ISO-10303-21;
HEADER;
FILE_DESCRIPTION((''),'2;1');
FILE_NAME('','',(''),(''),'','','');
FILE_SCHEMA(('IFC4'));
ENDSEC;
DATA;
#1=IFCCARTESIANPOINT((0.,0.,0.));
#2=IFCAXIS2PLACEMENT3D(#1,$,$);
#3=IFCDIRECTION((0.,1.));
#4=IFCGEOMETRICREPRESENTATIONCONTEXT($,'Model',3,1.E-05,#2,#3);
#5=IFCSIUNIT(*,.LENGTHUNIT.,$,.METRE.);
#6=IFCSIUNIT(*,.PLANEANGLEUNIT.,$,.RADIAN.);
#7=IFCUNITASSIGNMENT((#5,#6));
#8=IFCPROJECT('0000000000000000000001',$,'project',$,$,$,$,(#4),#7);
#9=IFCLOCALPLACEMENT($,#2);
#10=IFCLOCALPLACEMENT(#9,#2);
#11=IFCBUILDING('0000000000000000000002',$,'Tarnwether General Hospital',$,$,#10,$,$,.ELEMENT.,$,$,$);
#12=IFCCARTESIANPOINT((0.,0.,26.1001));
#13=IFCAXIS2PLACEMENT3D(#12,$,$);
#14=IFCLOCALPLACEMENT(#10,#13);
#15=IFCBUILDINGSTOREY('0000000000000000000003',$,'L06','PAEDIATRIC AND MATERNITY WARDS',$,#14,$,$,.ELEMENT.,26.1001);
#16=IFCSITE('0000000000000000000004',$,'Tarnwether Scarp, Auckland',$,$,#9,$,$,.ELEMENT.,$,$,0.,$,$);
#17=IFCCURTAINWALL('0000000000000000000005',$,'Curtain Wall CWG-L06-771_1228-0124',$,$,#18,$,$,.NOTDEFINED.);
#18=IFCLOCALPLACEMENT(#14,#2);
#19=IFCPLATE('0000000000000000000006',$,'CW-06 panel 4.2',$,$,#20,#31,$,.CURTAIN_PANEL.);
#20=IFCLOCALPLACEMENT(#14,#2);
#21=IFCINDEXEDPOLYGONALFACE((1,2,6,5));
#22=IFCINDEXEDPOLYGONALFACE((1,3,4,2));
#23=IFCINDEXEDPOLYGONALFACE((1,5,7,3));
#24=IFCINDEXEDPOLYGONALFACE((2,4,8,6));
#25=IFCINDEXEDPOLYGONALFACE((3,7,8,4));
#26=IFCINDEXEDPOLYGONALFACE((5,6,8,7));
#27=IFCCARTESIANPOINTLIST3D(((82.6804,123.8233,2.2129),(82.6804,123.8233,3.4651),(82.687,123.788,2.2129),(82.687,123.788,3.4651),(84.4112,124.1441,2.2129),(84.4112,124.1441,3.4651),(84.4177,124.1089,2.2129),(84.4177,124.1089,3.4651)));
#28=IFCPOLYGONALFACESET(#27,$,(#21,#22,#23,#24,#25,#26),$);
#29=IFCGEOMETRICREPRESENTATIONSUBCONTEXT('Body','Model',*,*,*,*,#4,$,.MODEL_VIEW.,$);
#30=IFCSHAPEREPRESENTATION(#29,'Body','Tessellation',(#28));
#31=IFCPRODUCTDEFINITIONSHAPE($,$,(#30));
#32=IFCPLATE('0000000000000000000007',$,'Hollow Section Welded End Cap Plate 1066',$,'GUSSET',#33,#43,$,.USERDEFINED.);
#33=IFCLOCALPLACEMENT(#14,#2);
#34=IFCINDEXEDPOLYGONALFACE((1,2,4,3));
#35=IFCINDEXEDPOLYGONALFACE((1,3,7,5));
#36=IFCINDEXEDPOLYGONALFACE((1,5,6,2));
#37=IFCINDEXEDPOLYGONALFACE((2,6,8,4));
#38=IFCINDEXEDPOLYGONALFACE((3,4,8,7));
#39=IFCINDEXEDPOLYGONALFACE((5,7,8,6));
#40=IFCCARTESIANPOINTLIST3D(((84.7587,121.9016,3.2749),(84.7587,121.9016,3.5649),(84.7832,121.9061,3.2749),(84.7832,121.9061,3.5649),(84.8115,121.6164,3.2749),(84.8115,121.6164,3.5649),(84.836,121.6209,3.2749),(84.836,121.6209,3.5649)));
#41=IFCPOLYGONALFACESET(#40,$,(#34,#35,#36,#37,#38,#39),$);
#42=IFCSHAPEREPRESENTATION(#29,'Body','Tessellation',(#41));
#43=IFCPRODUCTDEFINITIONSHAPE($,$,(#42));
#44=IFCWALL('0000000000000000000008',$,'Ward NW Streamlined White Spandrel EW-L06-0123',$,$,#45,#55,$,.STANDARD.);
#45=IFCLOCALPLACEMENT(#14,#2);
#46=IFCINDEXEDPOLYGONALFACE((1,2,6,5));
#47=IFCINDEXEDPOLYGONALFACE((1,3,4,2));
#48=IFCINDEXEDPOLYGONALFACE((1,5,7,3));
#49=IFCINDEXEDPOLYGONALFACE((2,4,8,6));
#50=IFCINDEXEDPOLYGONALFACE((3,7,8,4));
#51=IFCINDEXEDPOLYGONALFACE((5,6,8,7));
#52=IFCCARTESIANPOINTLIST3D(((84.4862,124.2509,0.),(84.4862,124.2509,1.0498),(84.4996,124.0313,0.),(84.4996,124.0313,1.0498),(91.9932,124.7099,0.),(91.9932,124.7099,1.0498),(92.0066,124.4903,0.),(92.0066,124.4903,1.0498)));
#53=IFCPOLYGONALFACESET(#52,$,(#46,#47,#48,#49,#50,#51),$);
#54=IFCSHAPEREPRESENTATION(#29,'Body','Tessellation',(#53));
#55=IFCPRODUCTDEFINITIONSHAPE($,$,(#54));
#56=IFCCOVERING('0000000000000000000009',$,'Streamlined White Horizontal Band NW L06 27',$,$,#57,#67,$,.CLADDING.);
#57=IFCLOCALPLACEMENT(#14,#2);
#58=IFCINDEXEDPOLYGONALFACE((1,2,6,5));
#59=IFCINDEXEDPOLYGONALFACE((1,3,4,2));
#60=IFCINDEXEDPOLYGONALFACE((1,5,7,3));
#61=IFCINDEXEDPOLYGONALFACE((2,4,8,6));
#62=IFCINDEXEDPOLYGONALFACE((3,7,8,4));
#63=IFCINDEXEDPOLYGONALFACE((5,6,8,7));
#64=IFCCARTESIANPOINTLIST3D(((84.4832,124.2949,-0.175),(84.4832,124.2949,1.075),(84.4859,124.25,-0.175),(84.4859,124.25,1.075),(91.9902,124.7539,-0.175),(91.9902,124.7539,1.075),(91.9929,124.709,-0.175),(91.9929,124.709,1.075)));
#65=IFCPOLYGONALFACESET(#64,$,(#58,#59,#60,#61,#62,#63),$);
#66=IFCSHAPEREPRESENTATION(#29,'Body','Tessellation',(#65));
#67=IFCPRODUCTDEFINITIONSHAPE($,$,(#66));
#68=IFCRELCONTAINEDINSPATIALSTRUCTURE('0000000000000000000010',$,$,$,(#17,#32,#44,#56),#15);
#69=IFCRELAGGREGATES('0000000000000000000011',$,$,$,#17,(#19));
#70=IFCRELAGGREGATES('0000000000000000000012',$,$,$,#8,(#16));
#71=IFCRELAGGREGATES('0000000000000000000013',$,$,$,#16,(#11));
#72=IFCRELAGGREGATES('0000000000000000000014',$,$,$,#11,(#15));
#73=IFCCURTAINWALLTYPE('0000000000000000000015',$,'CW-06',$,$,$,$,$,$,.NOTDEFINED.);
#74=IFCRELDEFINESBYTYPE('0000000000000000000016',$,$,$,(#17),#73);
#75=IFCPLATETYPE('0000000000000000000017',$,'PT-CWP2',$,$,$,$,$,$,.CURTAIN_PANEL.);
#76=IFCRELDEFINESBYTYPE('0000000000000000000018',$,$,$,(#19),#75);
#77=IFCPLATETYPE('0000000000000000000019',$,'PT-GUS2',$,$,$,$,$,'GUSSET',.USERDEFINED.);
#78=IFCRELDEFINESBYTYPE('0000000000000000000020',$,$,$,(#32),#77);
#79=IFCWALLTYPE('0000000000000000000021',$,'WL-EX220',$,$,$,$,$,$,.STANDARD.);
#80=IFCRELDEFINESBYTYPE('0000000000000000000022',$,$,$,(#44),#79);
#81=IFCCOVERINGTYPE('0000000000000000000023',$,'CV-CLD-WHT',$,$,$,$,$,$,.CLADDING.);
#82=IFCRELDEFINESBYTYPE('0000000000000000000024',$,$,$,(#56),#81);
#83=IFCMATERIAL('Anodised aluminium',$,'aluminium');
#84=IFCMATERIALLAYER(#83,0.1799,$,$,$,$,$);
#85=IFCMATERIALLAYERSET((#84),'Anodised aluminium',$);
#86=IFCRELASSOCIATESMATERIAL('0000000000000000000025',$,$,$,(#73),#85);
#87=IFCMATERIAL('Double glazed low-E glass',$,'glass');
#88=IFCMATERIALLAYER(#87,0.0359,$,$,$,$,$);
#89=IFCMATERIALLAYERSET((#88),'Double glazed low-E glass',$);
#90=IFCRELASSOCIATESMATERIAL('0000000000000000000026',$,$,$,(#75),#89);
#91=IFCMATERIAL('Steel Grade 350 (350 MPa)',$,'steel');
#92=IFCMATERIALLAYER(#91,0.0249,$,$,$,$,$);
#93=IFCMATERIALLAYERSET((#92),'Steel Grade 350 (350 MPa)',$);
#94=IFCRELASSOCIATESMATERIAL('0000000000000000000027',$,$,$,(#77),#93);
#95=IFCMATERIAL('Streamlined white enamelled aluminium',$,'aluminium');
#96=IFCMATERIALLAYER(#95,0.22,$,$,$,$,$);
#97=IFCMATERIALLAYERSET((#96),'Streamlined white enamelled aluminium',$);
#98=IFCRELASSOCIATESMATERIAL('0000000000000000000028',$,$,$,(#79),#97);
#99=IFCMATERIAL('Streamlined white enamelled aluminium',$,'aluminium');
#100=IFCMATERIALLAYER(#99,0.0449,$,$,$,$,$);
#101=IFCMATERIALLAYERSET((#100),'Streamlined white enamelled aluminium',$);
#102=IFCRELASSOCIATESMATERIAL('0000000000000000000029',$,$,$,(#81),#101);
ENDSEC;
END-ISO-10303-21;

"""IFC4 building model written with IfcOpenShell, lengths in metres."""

from ifc_helpers import new_model, si_unit, direction, frame, frame_2d, origin, origin_2d, place, context, subcontext, project, spatial, rectangle, extrude, material, layer, layer_set, type_object, element, aggregate, save


model = new_model("IFC4")

# Units and contexts
model_context = context("Model", 3, precision=1e-05, world=origin(), true_north=direction((0.0, 1.0)))
body_context = subcontext(model_context, "Body", "Model", "MODEL_VIEW")
ifc_project = project(units=[si_unit("LENGTHUNIT", "METRE"), si_unit("PLANEANGLEUNIT", "RADIAN")], contexts=[model_context])

# Site, building, storey
site_placement = place(None, origin())
site = spatial("IfcSite", under=ifc_project, at=site_placement, Name="Tarnwether Scarp, Auckland", CompositionType="ELEMENT", RefElevation=0.0)
building_placement = place(site_placement, origin())
building = spatial("IfcBuilding", under=site, at=building_placement, Name="Tarnwether General Hospital", CompositionType="ELEMENT")
storey_placement = place(building_placement, frame((0.0, 0.0, 26.1001)))
storey = spatial("IfcBuildingStorey", under=building, at=storey_placement, Name="L06", Description="PAEDIATRIC AND MATERNITY WARDS", CompositionType="ELEMENT", Elevation=26.1001)

# Curtain wall
ifc_material_1 = material(Name="Anodised aluminium", Category="aluminium")
ifc_layer_1 = layer(ifc_material_1, 0.1799)
ifc_layer_set_1 = layer_set([ifc_layer_1], Name="Anodised aluminium")
curtain_wall_type = type_object("IfcCurtainWallType", Name="CW-06", PredefinedType="NOTDEFINED", material=ifc_layer_set_1)
curtain_wall_1_placement = place(storey_placement, origin())
curtain_wall_1 = element("IfcCurtainWall", 1, at=curtain_wall_1_placement, inside=storey, type_object=curtain_wall_type, Name="Curtain Wall CWG-L06-771_1228-0124", PredefinedType="NOTDEFINED")

# Plates
ifc_material_2 = material(Name="Double glazed low-E glass", Category="glass")
ifc_layer_2 = layer(ifc_material_2, 0.0359)
ifc_layer_set_2 = layer_set([ifc_layer_2], Name="Double glazed low-E glass")
plate_type_1 = type_object("IfcPlateType", Name="PT-CWP2", PredefinedType="CURTAIN_PANEL", material=ifc_layer_set_2)
plate_1_placement = place(storey_placement, frame((83.5491, 123.9661, 2.2129), z_axis=(0.0, 0.0, 1.0), x_axis=(0.983245, 0.182289, 0.0)))
plate_1 = element("IfcPlate", 2, at=plate_1_placement, type_object=plate_type_1, Name="CW-06 panel 4.2", PredefinedType="CURTAIN_PANEL", context=body_context, shape_type="SweptSolid", body=[
    extrude(rectangle(XDim=1.7603, YDim=0.0359, at=origin_2d()), origin(), (0.0, 0.0, 1.0), 1.2522),
])
aggregate(curtain_wall_1, [plate_1])
ifc_material_3 = material(Name="Steel Grade 350 (350 MPa)", Category="steel")
ifc_layer_3 = layer(ifc_material_3, 0.0249)
ifc_layer_set_3 = layer_set([ifc_layer_3], Name="Steel Grade 350 (350 MPa)")
plate_type_2 = type_object("IfcPlateType", Name="PT-GUS2", ElementType="GUSSET", PredefinedType="USERDEFINED", material=ifc_layer_set_3)
plate_2_placement = place(storey_placement, frame((84.7974, 121.7612, 3.2749), z_axis=(0.0, 0.0, 1.0), x_axis=(0.983261, 0.182201, 0.0)))
element("IfcPlate", 3, at=plate_2_placement, inside=storey, type_object=plate_type_2, Name="Hollow Section Welded End Cap Plate 1066", ObjectType="GUSSET", PredefinedType="USERDEFINED", context=body_context, shape_type="SweptSolid", body=[
    extrude(rectangle(XDim=0.0249, YDim=0.29, at=origin_2d()), origin(), (0.0, 0.0, 1.0), 0.29),
])

# Wall
ifc_material_4 = material(Name="Streamlined white enamelled aluminium", Category="aluminium")
ifc_layer_4 = layer(ifc_material_4, 0.22)
ifc_layer_set_4 = layer_set([ifc_layer_4], Name="Streamlined white enamelled aluminium")
wall_type = type_object("IfcWallType", Name="WL-EX220", PredefinedType="STANDARD", material=ifc_layer_set_4)
wall_placement = place(storey_placement, frame((84.4929, 124.1411, 0.0), z_axis=(0.0, 0.0, 1.0), x_axis=(0.998136, 0.061026, 0.0)))
element("IfcWall", 4, at=wall_placement, inside=storey, type_object=wall_type, Name="Ward NW Streamlined White Spandrel EW-L06-0123", PredefinedType="STANDARD", context=body_context, shape_type="SweptSolid", body=[
    extrude(rectangle(XDim=7.521, YDim=0.22, at=frame_2d((3.7605, 0.0))), origin(), (0.0, 0.0, 1.0), 1.0498),
])

# Covering
ifc_material_5 = material(Name="Streamlined white enamelled aluminium", Category="aluminium")
ifc_layer_5 = layer(ifc_material_5, 0.0449)
ifc_layer_set_5 = layer_set([ifc_layer_5], Name="Streamlined white enamelled aluminium")
covering_type = type_object("IfcCoveringType", Name="CV-CLD-WHT", PredefinedType="CLADDING", material=ifc_layer_set_5)
covering_placement = place(storey_placement, frame((88.238, 124.502, -0.175), z_axis=(0.0, 0.0, 1.0), x_axis=(0.998136, 0.061031, 0.0)))
element("IfcCovering", 5, at=covering_placement, inside=storey, type_object=covering_type, Name="Streamlined White Horizontal Band NW L06 27", PredefinedType="CLADDING", context=body_context, shape_type="SweptSolid", body=[
    extrude(rectangle(XDim=7.521, YDim=0.0449, at=origin_2d()), origin(), (0.0, 0.0, 1.0), 1.25),
])

save(model, "model.ifc")
